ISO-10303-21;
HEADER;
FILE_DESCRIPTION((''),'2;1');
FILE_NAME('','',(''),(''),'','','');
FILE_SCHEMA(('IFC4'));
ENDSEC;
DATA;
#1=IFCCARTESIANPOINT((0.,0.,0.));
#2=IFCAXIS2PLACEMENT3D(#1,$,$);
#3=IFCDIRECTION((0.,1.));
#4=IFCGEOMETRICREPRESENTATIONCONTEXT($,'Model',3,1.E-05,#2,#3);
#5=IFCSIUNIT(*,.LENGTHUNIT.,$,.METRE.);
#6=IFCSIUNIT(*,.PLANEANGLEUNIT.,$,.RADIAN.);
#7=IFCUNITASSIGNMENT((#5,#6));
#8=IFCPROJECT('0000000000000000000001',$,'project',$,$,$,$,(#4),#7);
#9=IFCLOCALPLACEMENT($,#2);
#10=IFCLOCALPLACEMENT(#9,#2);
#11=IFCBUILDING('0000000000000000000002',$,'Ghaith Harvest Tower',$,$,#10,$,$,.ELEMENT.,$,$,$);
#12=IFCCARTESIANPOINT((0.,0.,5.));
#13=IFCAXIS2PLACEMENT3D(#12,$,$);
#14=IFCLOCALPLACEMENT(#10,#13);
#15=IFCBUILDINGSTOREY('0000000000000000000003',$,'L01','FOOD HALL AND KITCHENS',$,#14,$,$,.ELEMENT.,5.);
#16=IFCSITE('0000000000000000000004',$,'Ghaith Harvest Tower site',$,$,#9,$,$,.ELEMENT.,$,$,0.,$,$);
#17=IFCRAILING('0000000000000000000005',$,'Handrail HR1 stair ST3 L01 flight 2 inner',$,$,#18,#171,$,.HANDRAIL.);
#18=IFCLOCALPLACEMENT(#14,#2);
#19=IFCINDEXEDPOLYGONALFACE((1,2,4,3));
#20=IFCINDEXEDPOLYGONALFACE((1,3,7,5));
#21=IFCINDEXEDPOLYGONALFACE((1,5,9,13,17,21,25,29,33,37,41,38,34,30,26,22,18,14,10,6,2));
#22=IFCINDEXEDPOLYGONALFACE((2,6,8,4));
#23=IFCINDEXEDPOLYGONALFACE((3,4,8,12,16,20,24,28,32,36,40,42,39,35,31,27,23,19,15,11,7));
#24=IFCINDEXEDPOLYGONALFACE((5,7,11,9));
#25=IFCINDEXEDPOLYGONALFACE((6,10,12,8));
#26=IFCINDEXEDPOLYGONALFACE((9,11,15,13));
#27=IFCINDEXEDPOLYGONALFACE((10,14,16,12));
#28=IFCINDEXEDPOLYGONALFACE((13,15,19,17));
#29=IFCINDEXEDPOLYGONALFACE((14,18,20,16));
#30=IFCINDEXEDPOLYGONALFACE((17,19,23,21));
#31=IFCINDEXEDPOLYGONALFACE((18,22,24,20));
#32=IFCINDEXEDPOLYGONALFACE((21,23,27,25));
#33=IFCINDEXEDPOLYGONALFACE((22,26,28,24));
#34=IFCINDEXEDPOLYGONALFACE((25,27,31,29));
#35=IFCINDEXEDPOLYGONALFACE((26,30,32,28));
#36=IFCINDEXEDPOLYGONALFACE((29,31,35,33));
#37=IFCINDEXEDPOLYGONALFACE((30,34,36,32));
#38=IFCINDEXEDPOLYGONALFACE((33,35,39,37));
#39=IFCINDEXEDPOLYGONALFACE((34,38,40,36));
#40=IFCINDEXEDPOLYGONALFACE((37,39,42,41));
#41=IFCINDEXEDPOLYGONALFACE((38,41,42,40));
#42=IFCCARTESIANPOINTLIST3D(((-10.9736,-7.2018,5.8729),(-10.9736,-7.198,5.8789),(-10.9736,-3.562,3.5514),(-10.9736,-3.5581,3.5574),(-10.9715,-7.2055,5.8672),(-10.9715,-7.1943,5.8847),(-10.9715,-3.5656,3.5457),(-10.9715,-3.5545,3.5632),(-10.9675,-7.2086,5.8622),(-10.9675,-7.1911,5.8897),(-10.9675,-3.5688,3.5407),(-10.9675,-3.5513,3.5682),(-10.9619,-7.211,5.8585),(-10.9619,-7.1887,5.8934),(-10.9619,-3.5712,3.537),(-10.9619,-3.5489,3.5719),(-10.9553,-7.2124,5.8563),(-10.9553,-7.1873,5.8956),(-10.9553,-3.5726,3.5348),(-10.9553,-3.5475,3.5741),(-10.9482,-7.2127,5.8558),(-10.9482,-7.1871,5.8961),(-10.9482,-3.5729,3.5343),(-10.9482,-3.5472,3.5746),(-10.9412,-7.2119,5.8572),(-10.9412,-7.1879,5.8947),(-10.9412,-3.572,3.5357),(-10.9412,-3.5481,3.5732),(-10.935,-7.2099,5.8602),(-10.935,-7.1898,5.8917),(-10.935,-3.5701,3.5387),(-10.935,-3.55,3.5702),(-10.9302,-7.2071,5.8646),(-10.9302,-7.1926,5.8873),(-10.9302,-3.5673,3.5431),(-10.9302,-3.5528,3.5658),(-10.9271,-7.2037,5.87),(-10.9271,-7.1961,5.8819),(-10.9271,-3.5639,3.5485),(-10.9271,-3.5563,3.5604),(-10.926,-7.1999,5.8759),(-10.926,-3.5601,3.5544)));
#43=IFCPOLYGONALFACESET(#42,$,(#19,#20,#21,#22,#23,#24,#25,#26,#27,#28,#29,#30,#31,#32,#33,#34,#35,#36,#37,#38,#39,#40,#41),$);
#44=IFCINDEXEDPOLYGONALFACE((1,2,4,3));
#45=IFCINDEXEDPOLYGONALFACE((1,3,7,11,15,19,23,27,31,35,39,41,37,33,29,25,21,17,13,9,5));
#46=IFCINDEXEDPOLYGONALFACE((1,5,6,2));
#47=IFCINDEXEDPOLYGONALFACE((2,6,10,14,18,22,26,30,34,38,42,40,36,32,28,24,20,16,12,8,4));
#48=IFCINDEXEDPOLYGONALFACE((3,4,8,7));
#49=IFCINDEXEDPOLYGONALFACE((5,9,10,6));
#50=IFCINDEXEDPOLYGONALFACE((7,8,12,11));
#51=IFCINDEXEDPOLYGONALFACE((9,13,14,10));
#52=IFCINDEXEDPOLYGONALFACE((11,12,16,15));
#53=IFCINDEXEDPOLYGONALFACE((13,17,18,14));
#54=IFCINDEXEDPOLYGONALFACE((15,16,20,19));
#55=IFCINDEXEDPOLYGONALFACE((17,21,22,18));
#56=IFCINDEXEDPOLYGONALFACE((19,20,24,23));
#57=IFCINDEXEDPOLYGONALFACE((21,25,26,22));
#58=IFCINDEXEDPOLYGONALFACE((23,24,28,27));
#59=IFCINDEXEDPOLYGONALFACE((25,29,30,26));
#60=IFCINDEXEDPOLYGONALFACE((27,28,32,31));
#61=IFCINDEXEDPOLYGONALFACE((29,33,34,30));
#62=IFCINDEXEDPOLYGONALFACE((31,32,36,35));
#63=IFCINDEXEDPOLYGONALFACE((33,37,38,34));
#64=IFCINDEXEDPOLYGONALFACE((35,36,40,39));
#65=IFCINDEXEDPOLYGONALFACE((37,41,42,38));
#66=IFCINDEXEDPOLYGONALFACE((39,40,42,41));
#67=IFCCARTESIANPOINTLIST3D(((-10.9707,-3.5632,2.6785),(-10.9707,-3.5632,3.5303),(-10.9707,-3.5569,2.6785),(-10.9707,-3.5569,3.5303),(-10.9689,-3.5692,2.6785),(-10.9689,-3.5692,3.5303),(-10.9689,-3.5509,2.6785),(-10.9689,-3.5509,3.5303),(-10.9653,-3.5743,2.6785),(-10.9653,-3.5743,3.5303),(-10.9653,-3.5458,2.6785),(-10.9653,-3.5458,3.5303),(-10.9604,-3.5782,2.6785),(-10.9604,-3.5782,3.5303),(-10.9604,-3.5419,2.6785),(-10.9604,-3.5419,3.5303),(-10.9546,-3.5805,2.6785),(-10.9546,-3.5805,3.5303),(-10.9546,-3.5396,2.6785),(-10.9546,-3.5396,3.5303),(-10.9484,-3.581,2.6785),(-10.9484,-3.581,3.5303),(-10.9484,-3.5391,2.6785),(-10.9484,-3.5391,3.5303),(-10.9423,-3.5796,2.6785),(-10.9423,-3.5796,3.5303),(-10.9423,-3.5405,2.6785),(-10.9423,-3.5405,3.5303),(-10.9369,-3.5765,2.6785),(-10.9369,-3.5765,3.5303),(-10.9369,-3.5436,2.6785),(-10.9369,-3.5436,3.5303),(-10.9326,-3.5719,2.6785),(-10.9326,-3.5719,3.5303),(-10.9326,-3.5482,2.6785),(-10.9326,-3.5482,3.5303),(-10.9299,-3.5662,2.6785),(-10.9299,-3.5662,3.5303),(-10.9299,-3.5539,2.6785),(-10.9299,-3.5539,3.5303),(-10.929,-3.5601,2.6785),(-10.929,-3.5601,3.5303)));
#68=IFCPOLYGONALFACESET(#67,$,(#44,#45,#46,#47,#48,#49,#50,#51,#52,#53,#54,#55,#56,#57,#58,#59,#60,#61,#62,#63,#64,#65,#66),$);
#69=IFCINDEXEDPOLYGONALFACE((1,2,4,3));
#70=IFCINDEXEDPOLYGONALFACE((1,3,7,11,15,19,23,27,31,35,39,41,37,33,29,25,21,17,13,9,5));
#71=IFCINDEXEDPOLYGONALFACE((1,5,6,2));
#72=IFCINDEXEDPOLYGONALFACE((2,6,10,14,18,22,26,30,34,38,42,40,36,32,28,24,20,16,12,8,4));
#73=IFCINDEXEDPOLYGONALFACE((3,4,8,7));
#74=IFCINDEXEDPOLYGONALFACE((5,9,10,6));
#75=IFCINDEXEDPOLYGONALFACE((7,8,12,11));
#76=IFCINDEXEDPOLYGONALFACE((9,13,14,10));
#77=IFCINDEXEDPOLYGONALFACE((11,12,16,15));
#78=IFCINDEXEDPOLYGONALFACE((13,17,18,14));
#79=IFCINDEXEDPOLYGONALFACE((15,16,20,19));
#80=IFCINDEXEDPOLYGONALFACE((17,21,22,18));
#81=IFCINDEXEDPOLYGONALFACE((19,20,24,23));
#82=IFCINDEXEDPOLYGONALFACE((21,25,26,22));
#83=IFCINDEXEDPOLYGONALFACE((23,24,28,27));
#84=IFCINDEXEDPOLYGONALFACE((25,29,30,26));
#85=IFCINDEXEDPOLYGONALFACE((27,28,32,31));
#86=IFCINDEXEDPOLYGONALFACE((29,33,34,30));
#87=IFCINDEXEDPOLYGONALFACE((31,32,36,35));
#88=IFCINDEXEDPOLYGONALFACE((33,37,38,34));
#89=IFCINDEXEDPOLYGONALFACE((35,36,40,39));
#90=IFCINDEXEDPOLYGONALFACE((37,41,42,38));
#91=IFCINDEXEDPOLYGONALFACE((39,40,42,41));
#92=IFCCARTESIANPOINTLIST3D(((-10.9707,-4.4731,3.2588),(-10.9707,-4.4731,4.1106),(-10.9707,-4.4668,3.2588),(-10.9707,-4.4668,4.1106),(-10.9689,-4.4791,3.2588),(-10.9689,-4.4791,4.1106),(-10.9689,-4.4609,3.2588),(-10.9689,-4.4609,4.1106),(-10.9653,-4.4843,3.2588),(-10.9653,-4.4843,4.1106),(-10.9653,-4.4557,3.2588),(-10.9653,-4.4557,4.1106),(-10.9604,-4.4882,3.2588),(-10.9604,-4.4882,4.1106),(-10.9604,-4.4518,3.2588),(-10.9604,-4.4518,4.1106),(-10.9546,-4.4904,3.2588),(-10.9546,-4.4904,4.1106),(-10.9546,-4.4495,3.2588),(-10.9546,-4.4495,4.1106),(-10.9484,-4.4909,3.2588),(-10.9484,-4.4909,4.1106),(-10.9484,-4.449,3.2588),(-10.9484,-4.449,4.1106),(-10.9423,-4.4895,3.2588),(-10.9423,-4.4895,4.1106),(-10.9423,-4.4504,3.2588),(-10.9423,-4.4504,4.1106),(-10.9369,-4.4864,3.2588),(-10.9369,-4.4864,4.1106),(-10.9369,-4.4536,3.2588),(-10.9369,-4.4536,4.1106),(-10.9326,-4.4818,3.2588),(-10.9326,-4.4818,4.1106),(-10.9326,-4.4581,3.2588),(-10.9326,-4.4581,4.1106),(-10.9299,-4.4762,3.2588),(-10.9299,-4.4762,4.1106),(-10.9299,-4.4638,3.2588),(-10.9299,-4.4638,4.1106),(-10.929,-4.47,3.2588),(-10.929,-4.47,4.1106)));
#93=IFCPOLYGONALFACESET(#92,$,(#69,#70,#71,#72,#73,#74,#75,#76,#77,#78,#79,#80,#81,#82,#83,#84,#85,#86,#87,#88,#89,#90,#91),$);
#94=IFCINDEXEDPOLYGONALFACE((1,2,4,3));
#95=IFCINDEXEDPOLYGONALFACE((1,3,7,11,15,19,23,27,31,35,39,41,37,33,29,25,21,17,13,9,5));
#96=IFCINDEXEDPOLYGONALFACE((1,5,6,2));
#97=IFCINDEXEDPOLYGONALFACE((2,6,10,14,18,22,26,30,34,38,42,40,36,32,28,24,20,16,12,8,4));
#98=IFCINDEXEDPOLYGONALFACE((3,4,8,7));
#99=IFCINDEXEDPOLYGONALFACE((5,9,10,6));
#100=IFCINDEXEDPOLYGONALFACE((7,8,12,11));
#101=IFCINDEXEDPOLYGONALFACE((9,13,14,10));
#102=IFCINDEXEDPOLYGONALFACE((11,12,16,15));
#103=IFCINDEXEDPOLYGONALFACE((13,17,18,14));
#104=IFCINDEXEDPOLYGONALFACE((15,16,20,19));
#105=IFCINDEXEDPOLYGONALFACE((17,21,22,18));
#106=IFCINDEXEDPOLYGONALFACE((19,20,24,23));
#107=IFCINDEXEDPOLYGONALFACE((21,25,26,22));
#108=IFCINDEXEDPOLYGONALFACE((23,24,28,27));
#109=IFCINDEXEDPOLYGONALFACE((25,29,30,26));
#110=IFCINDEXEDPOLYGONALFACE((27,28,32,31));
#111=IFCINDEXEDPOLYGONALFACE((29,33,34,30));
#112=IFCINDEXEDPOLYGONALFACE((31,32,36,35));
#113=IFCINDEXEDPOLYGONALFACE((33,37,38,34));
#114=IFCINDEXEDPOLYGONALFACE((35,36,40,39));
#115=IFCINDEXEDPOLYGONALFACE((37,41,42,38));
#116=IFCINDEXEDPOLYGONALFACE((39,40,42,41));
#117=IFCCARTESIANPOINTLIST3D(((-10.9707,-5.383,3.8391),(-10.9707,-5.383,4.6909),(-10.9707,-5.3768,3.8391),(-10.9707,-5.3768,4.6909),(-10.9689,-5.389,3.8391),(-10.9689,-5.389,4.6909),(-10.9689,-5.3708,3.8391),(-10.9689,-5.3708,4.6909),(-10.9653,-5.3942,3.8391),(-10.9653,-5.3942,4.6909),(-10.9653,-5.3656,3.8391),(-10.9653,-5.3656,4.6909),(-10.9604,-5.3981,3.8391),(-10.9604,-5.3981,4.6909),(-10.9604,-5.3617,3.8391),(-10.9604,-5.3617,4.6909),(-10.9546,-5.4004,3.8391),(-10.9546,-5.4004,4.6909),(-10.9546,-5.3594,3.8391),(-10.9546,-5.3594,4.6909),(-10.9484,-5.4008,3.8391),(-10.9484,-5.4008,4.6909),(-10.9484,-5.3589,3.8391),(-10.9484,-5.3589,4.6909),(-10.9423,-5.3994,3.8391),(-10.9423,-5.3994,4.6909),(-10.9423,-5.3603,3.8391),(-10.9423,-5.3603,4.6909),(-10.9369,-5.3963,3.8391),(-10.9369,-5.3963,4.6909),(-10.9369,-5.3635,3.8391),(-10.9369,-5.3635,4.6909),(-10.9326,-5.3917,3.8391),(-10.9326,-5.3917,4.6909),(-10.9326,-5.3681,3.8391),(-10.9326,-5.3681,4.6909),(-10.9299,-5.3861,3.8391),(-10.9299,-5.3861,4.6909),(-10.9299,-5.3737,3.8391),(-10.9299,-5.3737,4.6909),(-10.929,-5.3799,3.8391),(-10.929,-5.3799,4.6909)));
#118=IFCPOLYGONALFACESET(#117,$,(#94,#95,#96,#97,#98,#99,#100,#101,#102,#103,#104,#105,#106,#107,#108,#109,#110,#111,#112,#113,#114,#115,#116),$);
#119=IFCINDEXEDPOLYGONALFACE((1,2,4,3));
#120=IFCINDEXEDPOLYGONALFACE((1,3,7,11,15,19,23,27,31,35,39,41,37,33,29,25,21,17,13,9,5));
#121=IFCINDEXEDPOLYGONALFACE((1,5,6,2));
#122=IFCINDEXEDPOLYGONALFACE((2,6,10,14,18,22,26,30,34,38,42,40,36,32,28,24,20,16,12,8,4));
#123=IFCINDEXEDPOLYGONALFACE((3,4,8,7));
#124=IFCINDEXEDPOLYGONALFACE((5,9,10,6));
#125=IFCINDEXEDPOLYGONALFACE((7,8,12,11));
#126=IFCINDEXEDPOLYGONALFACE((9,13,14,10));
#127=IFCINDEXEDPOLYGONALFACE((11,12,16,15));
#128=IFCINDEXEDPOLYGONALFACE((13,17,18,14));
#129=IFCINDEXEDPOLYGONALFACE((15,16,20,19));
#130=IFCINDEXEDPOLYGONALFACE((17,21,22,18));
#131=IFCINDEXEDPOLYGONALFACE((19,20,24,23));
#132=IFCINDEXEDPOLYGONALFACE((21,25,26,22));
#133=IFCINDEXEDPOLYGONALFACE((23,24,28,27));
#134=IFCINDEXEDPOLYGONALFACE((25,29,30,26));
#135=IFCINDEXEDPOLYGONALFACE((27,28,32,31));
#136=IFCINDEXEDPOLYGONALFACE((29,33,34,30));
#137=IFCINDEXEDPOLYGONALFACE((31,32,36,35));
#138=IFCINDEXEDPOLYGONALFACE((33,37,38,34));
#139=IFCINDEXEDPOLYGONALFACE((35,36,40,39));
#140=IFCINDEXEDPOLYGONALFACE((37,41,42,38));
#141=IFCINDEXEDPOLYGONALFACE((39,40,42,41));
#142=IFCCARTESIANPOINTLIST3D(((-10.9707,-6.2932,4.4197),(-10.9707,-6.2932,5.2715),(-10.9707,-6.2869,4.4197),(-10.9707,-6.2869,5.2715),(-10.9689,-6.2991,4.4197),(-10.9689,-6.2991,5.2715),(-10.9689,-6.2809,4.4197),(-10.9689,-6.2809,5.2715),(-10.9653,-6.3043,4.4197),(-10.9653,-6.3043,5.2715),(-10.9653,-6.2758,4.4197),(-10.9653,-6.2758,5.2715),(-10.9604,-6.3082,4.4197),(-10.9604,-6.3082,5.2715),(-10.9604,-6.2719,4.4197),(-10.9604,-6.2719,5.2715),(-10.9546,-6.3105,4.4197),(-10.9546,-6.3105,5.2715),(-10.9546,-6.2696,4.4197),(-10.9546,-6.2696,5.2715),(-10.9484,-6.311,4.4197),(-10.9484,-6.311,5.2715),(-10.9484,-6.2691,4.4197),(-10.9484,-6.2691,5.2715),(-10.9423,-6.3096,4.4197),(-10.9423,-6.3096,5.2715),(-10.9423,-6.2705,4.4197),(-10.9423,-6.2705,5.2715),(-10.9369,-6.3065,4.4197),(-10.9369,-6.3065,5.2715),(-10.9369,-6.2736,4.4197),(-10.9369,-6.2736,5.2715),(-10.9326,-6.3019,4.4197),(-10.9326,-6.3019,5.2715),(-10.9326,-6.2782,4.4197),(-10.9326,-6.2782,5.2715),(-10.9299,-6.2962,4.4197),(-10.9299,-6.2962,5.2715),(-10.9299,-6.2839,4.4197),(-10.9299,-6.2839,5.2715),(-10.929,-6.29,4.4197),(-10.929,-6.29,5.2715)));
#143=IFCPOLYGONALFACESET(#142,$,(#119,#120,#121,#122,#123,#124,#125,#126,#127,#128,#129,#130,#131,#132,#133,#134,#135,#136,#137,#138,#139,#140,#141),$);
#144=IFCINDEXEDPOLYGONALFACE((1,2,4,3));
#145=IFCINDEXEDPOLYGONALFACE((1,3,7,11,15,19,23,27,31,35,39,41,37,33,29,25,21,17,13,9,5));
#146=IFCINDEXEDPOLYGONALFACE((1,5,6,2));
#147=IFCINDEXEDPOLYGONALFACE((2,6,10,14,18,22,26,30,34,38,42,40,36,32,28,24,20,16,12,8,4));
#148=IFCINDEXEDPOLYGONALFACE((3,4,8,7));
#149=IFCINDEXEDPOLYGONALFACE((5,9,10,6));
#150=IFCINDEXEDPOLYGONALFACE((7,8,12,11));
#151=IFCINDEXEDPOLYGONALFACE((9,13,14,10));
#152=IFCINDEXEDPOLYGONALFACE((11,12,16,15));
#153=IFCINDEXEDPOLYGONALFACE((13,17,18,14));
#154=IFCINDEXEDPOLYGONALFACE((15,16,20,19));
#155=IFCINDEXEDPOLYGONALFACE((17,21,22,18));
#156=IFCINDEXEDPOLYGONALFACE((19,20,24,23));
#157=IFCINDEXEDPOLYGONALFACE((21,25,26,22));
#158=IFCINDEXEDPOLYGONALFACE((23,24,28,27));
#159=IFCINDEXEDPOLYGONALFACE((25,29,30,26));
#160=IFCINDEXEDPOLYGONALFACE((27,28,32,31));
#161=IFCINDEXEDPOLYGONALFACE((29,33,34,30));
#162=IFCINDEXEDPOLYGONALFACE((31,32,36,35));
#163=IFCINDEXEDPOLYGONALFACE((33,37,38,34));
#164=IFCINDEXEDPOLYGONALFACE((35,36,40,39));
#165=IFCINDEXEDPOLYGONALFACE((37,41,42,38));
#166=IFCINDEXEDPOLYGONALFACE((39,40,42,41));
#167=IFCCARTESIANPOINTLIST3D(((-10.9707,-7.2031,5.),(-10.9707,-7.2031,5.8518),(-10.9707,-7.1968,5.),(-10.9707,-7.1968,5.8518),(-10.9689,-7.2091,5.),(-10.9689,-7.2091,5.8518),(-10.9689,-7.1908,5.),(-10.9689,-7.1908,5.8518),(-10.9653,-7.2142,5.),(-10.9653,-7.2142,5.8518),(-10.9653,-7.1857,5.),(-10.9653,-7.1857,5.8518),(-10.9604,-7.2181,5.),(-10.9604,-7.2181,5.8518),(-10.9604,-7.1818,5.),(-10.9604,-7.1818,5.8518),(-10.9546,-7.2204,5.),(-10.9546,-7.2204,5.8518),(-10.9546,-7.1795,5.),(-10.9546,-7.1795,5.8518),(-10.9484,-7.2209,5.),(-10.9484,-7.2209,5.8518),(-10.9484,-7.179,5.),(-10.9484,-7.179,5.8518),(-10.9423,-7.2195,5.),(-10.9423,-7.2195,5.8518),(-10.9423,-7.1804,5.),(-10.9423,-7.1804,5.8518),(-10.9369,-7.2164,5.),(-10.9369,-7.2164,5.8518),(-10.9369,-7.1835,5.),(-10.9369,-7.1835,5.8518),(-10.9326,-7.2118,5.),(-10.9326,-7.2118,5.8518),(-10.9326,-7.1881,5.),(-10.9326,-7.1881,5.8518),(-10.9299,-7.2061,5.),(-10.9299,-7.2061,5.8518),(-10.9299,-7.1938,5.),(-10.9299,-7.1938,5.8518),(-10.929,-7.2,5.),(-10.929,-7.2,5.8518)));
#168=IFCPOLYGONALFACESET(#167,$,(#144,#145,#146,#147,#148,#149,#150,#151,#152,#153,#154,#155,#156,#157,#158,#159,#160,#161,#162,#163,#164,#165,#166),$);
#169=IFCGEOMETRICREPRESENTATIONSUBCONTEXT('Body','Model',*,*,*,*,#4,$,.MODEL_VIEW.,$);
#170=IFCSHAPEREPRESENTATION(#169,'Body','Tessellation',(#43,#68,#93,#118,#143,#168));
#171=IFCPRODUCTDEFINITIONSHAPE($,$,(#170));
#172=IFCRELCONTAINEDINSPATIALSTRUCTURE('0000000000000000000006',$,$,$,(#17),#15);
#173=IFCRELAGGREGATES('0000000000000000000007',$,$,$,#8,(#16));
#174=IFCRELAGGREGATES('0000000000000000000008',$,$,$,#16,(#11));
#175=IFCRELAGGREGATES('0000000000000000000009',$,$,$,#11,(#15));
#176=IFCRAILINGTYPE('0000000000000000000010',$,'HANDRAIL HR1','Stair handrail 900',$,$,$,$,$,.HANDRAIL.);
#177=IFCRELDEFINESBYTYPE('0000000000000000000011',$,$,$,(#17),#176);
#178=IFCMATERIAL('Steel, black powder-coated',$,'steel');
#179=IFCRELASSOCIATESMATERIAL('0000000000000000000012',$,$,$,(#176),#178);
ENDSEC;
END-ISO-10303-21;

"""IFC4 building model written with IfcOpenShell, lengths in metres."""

from ifc_helpers import new_model, si_unit, direction, frame, origin, origin_2d, place, context, subcontext, project, spatial, circle, extrude, material, type_object, element, save


model = new_model("IFC4")

# Units and contexts
model_context = context("Model", 3, precision=1e-05, world=origin(), true_north=direction((0.0, 1.0)))
body_context = subcontext(model_context, "Body", "Model", "MODEL_VIEW")
ifc_project = project(units=[si_unit("LENGTHUNIT", "METRE"), si_unit("PLANEANGLEUNIT", "RADIAN")], contexts=[model_context])

# Site, building, storey
site_placement = place(None, origin())
site = spatial("IfcSite", under=ifc_project, at=site_placement, Name="Ghaith Harvest Tower site", CompositionType="ELEMENT", RefElevation=0.0)
building_placement = place(site_placement, origin())
building = spatial("IfcBuilding", under=site, at=building_placement, Name="Ghaith Harvest Tower", CompositionType="ELEMENT")
storey_placement = place(building_placement, frame((0.0, 0.0, 5.0)))
storey = spatial("IfcBuildingStorey", under=building, at=storey_placement, Name="L01", Description="FOOD HALL AND KITCHENS", CompositionType="ELEMENT", Elevation=5.0)

# Railing
ifc_material_1 = material(Name="Steel, black powder-coated", Category="steel")
railing_type = type_object("IfcRailingType", Name="HANDRAIL HR1", Description="Stair handrail 900", PredefinedType="HANDRAIL", material=ifc_material_1)
railing_1_placement = place(storey_placement, frame((-10.95, -3.5601, 2.6785)))
element("IfcRailing", 1, at=railing_1_placement, inside=storey, type_object=railing_type, Name="Handrail HR1 stair ST3 L01 flight 2 inner", PredefinedType="HANDRAIL", context=body_context, shape_type="SweptSolid", body=[
    extrude(circle(Radius=0.0239, at=origin_2d()), frame((0.0, 0.0, 0.876), z_axis=(0.0, -0.843112, 0.537739), x_axis=(1.0, 0.0, 0.0)), (0.0, 0.0, 1.0), 4.3171),
    extrude(circle(Radius=0.021, at=origin_2d()), origin(), (0.0, 0.0, 1.0), 0.8518),
    extrude(circle(Radius=0.021, at=origin_2d()), frame((0.0, -0.9099, 0.5803)), (0.0, 0.0, 1.0), 0.8518),
    extrude(circle(Radius=0.021, at=origin_2d()), frame((0.0, -1.8198, 1.1606)), (0.0, 0.0, 1.0), 0.8518),
    extrude(circle(Radius=0.021, at=origin_2d()), frame((0.0, -2.73, 1.7412)), (0.0, 0.0, 1.0), 0.8518),
    extrude(circle(Radius=0.021, at=origin_2d()), frame((0.0, -3.6399, 2.3215)), (0.0, 0.0, 1.0), 0.8518),
])

save(model, "model.ifc")
